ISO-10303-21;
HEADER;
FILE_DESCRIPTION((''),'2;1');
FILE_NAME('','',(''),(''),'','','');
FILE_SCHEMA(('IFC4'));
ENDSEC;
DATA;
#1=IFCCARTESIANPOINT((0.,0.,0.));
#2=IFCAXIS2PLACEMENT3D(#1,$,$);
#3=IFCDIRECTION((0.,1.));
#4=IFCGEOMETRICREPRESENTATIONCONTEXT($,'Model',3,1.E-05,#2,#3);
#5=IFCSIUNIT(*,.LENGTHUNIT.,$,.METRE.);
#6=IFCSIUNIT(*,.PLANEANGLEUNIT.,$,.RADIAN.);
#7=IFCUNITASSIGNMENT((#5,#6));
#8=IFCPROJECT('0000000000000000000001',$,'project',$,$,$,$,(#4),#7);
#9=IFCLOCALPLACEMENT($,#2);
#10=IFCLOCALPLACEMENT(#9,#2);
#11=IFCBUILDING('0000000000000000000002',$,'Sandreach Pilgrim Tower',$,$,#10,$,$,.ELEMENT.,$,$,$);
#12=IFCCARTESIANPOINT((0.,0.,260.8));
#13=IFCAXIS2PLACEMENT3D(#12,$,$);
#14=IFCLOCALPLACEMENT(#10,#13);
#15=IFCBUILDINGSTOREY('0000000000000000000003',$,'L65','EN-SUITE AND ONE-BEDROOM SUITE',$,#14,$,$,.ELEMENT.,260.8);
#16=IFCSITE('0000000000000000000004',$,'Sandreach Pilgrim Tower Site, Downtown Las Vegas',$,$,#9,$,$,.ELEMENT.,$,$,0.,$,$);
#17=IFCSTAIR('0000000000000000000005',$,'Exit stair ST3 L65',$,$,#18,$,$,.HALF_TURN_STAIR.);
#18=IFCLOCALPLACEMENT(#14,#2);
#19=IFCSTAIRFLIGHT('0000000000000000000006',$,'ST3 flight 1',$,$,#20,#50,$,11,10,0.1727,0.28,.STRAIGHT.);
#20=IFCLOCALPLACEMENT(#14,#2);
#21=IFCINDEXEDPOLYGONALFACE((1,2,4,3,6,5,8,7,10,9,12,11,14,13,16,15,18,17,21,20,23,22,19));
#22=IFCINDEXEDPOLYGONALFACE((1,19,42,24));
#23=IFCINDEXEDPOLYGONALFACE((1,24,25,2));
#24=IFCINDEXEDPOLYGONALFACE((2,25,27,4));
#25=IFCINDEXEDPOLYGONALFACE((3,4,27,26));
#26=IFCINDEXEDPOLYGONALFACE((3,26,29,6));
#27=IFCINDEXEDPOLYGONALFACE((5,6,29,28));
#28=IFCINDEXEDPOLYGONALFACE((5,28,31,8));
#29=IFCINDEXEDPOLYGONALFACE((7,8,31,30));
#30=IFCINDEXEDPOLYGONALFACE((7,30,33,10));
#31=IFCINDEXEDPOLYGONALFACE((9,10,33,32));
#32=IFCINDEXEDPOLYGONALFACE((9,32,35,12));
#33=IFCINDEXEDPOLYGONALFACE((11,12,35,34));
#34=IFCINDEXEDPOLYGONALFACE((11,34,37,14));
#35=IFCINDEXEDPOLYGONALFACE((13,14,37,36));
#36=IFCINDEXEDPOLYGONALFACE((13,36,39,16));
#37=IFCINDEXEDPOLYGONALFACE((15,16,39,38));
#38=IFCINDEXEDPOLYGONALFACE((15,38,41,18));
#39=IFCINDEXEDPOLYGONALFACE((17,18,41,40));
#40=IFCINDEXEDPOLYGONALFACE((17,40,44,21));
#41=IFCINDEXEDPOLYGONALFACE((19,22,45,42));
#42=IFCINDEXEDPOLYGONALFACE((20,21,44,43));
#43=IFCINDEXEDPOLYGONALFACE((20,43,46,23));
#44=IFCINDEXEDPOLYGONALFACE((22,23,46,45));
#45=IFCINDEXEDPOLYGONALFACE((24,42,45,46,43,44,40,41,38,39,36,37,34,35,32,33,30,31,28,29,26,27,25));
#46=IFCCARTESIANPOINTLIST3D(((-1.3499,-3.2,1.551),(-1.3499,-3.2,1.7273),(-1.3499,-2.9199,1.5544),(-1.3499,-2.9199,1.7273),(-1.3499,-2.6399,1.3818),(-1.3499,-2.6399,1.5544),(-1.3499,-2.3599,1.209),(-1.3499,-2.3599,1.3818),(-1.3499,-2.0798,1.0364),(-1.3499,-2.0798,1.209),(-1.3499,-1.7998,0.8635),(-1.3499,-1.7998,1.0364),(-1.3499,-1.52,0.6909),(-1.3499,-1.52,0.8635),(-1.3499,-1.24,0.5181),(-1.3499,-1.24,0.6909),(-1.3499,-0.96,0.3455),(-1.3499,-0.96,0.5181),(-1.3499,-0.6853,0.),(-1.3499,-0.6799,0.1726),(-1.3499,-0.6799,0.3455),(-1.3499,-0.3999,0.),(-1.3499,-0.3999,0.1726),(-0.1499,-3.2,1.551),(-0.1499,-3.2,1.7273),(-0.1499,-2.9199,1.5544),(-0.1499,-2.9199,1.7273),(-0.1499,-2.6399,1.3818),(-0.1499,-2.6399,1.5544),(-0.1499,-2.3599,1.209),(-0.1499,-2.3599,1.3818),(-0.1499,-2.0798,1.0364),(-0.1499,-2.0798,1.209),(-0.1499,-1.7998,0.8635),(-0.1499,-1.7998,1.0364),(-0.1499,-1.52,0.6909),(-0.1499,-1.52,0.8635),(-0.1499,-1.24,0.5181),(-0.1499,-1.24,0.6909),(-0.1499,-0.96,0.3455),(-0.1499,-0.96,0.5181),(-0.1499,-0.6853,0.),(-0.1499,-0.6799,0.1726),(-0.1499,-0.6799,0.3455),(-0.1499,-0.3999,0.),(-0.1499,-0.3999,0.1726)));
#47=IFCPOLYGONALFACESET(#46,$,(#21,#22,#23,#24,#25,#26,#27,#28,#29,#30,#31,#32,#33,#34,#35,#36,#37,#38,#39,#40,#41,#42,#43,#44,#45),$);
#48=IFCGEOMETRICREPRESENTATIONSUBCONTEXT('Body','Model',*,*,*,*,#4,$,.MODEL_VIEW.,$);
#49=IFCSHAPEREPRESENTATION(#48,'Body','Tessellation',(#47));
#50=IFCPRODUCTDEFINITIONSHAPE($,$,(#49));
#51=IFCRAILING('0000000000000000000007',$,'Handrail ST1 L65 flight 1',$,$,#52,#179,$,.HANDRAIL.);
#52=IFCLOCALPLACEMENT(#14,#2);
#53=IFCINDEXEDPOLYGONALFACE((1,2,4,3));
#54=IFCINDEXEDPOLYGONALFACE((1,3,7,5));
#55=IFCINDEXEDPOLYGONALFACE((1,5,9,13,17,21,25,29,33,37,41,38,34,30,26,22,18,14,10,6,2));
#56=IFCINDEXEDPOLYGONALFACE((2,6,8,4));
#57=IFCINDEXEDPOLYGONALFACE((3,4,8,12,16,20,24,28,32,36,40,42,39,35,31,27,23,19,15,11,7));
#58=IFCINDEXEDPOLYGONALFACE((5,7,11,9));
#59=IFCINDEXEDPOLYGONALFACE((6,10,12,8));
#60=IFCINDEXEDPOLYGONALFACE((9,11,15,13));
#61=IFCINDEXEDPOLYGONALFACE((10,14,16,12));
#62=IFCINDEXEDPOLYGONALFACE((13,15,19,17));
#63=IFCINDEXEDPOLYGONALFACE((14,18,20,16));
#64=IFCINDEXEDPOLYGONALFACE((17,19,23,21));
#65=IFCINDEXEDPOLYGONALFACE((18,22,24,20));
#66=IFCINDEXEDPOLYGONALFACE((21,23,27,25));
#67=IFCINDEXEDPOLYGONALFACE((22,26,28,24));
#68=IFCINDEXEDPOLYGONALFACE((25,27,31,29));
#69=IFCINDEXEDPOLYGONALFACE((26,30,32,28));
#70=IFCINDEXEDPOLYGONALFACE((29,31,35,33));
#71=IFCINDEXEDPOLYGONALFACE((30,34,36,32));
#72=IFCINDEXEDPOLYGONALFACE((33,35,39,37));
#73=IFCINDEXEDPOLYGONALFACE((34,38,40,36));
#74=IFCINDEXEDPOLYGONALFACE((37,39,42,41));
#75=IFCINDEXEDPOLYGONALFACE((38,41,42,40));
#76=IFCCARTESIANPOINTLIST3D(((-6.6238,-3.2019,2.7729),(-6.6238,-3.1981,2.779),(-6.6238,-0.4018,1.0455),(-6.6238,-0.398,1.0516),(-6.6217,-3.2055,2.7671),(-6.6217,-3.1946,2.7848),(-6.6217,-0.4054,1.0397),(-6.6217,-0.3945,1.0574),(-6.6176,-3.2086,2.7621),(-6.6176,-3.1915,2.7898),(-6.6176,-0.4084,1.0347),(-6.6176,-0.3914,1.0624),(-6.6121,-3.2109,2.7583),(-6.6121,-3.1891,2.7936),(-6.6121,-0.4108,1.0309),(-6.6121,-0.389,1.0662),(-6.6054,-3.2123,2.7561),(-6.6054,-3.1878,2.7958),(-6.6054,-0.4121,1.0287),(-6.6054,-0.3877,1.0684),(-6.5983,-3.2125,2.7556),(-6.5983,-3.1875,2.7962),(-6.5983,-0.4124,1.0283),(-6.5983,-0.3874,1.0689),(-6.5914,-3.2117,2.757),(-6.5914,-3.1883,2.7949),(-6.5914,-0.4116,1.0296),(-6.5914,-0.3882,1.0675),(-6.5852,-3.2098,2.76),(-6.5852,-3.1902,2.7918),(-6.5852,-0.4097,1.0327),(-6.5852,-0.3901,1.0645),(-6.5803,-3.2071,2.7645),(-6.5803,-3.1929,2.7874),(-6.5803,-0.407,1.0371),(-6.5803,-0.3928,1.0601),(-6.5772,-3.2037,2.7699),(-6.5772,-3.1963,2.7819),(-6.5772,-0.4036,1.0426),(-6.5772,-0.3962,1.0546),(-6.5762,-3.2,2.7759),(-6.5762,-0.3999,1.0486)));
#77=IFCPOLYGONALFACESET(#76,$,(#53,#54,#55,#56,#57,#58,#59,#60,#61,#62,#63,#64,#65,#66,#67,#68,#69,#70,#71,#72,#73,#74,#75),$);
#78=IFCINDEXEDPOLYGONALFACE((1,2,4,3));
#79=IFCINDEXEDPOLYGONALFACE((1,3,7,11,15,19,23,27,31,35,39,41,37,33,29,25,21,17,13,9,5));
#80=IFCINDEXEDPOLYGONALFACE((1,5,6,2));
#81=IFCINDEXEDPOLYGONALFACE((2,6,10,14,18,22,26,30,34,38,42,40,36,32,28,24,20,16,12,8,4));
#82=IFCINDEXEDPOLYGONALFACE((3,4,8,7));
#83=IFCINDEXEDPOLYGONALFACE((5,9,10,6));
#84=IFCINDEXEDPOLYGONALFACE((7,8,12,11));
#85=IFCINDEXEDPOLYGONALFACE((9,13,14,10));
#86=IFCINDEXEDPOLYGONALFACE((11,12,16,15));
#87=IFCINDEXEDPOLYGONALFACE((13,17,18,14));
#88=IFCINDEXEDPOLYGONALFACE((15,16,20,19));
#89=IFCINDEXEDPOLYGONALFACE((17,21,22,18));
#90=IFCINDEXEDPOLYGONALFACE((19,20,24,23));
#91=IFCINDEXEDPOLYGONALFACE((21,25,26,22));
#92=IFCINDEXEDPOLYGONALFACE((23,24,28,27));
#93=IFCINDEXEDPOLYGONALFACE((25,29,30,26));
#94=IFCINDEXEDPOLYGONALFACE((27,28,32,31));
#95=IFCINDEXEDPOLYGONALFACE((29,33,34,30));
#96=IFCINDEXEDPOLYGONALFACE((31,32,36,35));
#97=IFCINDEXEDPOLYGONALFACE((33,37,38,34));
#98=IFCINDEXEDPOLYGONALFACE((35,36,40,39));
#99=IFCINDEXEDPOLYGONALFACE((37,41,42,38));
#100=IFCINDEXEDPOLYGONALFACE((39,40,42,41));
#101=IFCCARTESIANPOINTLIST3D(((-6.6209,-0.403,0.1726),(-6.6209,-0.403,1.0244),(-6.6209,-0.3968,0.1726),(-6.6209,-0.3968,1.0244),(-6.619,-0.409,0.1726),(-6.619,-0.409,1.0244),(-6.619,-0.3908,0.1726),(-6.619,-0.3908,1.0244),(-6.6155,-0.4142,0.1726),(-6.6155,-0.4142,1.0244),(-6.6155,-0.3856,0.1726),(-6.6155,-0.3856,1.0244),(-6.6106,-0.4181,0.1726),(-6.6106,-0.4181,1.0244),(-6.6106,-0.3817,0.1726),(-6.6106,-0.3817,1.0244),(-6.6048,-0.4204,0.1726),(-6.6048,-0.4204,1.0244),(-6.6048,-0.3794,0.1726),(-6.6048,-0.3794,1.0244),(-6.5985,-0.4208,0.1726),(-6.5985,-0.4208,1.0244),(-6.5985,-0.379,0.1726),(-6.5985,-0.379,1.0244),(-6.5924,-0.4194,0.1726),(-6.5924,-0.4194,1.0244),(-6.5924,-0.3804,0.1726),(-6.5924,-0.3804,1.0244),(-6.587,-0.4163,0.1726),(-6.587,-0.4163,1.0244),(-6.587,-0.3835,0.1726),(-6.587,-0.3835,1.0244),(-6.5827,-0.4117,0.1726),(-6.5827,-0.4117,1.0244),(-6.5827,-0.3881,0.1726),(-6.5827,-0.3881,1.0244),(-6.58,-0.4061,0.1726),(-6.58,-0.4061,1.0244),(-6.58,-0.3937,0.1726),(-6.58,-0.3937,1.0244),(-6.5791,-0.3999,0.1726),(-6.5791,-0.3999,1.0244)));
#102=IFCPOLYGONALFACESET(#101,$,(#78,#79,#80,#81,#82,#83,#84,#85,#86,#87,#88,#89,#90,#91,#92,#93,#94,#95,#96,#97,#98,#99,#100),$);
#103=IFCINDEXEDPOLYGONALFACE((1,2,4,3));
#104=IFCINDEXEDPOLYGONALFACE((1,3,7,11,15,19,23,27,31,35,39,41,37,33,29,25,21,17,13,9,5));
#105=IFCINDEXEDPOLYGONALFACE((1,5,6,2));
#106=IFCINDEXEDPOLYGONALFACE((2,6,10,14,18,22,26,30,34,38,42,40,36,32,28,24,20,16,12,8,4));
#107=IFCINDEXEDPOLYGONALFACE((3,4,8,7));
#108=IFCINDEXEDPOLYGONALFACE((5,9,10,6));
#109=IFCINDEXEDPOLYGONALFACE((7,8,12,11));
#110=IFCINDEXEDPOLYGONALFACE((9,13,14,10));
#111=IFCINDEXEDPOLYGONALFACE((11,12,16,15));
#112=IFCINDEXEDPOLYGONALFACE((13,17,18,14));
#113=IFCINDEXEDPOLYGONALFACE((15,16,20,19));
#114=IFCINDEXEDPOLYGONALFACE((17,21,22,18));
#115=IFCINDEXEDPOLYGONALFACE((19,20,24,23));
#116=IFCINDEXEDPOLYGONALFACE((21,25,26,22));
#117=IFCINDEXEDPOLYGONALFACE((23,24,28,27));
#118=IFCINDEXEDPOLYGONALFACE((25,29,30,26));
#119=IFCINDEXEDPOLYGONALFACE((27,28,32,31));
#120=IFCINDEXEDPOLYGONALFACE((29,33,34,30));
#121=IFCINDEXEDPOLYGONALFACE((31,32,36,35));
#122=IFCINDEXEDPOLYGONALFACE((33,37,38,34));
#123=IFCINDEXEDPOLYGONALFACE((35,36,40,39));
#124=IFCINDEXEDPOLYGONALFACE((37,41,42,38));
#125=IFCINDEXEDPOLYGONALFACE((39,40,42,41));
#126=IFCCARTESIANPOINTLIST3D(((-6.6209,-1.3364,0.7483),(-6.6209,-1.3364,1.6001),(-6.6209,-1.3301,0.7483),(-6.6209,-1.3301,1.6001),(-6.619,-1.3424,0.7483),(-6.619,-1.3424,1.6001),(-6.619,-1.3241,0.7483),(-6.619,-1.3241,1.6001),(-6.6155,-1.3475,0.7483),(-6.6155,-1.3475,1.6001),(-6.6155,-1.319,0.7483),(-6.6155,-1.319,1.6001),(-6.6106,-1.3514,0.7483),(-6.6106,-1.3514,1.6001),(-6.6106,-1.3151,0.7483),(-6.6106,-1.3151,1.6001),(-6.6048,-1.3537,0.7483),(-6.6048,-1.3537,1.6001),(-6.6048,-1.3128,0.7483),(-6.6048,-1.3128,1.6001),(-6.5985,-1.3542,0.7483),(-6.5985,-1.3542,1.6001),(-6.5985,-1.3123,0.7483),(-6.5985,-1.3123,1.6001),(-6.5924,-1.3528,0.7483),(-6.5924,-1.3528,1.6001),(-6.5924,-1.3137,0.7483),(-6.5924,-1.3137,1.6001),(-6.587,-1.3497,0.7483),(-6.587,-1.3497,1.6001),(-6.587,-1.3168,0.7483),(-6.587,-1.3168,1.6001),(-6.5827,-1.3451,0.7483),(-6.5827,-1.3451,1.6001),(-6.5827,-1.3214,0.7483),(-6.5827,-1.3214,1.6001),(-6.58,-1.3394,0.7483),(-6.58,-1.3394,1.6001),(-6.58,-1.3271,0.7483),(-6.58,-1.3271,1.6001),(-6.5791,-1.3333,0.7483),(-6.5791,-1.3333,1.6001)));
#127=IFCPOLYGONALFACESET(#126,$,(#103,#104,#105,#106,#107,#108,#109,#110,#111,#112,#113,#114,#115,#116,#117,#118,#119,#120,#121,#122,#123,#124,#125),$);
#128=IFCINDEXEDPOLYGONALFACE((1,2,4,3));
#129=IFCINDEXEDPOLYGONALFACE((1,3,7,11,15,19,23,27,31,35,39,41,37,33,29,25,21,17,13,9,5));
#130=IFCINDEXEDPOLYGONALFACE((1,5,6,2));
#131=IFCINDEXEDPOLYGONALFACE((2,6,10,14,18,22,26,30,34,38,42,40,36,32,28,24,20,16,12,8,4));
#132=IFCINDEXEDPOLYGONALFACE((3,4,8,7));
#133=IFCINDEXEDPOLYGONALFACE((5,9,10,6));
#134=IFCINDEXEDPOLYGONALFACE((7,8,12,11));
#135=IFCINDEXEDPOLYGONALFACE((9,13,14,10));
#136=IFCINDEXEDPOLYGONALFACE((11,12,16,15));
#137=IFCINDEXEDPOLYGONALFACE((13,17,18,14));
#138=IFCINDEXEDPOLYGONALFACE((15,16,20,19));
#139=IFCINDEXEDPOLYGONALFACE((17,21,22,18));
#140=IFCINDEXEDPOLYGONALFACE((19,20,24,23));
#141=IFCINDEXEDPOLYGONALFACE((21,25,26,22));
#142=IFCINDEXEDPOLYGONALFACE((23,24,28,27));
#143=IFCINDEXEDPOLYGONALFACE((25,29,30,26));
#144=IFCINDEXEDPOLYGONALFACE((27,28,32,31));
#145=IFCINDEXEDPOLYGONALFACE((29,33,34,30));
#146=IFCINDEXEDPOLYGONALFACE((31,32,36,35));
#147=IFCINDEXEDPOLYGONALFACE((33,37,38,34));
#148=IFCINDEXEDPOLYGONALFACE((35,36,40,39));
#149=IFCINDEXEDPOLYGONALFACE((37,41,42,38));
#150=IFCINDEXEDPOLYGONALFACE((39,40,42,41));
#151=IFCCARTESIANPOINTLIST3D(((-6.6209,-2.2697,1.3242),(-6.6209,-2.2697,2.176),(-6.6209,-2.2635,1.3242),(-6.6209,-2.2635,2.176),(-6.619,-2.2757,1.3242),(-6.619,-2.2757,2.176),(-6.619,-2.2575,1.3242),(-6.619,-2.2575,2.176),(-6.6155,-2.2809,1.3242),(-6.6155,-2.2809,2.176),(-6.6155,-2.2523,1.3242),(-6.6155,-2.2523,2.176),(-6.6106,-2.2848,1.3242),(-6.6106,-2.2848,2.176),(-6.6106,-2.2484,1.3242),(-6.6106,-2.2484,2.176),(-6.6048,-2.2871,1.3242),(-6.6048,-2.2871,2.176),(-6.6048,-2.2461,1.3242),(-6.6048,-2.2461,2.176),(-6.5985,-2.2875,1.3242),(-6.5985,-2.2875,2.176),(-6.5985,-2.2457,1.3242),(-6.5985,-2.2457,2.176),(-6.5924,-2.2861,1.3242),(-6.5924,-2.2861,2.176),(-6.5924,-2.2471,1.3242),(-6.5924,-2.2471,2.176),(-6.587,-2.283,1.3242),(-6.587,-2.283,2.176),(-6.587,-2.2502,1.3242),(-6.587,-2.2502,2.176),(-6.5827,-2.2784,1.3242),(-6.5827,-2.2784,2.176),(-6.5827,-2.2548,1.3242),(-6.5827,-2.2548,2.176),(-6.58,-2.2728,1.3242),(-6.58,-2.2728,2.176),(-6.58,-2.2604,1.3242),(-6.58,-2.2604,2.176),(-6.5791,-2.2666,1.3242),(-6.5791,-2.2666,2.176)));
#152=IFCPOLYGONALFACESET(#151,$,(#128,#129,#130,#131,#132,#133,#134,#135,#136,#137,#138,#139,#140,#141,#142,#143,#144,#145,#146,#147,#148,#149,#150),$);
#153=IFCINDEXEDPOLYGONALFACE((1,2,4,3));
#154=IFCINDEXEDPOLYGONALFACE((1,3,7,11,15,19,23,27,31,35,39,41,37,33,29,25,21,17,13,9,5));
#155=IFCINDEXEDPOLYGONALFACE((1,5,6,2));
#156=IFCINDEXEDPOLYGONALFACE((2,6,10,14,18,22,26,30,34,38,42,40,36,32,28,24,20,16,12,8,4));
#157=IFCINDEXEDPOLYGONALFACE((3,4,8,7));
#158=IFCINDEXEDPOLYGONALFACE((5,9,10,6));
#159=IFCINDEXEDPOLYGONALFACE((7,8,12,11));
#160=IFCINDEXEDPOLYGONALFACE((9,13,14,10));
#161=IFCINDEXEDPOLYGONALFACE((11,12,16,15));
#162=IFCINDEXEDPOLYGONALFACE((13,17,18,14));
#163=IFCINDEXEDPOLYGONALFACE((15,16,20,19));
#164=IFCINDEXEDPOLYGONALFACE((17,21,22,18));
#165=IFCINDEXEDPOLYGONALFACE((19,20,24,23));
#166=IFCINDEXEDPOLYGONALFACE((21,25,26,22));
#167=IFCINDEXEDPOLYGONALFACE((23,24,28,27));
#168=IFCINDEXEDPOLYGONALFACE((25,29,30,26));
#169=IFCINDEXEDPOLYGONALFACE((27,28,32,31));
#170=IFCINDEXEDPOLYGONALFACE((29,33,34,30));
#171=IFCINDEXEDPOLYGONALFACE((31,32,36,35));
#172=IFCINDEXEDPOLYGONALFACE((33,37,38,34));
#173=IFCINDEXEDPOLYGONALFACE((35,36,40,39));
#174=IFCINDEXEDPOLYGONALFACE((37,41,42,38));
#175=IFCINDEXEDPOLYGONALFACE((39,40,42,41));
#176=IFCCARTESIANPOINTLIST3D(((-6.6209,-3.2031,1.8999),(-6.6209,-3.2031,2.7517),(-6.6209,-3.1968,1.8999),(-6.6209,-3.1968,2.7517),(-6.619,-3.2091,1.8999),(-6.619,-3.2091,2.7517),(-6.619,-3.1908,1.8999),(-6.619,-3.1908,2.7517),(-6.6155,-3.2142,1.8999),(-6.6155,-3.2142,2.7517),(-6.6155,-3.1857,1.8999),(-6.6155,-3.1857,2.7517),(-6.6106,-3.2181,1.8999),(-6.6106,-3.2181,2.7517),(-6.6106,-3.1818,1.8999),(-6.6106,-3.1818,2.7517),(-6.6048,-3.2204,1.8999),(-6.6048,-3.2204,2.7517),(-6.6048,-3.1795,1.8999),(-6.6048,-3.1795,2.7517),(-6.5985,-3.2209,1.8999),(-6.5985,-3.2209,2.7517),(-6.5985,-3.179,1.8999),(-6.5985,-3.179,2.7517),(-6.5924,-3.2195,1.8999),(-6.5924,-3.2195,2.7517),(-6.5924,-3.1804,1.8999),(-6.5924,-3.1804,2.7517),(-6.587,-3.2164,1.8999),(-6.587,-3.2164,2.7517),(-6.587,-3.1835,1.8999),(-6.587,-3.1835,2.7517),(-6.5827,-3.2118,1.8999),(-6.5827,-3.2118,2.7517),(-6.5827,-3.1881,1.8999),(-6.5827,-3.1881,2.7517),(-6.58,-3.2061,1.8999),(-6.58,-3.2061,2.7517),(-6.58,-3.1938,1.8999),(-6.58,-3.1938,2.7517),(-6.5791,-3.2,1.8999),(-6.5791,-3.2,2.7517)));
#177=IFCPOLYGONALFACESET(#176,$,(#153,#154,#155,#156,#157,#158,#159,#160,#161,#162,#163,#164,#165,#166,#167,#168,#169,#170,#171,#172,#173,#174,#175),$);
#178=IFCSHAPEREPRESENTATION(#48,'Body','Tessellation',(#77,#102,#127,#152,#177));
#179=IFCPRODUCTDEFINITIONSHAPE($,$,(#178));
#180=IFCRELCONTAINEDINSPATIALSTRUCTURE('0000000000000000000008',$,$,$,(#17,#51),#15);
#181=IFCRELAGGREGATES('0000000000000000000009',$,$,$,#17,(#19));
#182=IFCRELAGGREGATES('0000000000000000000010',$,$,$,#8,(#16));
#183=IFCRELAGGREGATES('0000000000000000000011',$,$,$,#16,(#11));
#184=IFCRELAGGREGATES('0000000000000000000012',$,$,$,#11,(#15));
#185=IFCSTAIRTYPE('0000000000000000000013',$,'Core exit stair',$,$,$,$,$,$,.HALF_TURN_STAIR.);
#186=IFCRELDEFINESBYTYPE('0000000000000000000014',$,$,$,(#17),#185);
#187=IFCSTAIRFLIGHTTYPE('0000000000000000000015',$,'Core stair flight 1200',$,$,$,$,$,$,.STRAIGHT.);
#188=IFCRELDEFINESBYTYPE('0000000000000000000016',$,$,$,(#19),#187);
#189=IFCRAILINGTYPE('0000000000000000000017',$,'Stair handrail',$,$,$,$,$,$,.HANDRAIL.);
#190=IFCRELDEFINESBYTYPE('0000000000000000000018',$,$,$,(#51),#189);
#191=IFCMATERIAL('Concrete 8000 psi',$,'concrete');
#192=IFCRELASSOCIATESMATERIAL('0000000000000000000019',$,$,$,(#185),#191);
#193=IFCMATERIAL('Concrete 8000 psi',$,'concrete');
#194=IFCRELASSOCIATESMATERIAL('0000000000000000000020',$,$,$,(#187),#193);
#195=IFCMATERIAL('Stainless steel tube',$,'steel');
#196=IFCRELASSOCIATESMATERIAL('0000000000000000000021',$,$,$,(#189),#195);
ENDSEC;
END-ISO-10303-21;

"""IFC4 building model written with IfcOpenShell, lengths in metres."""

from ifc_helpers import new_model, si_unit, direction, frame, origin, origin_2d, place, context, subcontext, project, spatial, polyline, circle, outline, extrude, material, type_object, element, aggregate, save


model = new_model("IFC4")

# Units and contexts
model_context = context("Model", 3, precision=1e-05, world=origin(), true_north=direction((0.0, 1.0)))
body_context = subcontext(model_context, "Body", "Model", "MODEL_VIEW")
ifc_project = project(units=[si_unit("LENGTHUNIT", "METRE"), si_unit("PLANEANGLEUNIT", "RADIAN")], contexts=[model_context])

# Site, building, storey
site_placement = place(None, origin())
site = spatial("IfcSite", under=ifc_project, at=site_placement, Name="Sandreach Pilgrim Tower Site, Downtown Las Vegas", CompositionType="ELEMENT", RefElevation=0.0)
building_placement = place(site_placement, origin())
building = spatial("IfcBuilding", under=site, at=building_placement, Name="Sandreach Pilgrim Tower", CompositionType="ELEMENT")
storey_placement = place(building_placement, frame((0.0, 0.0, 260.8)))
storey = spatial("IfcBuildingStorey", under=building, at=storey_placement, Name="L65", Description="EN-SUITE AND ONE-BEDROOM SUITE", CompositionType="ELEMENT", Elevation=260.8)

# Shared definitions
ifc_material_1 = material(Name="Concrete 8000 psi", Category="concrete")
stair_type = type_object("IfcStairType", Name="Core exit stair", PredefinedType="HALF_TURN_STAIR", material=ifc_material_1)
ifc_material_2 = material(Name="Concrete 8000 psi", Category="concrete")
stair_flight_type = type_object("IfcStairFlightType", Name="Core stair flight 1200", PredefinedType="STRAIGHT", material=ifc_material_2)

# Stair, stair flight
stair_1_placement = place(storey_placement, origin())
stair_1 = element("IfcStair", 1, at=stair_1_placement, inside=storey, type_object=stair_type, Name="Exit stair ST3 L65", PredefinedType="HALF_TURN_STAIR")
stair_flight_1_placement = place(storey_placement, frame((-0.75, -0.3999, 0.0), z_axis=(0.0, 0.0, 1.0), x_axis=(0.0, -1.0, 0.0)))
stair_flight_1 = element("IfcStairFlight", 2, at=stair_flight_1_placement, type_object=stair_flight_type, Name="ST3 flight 1", NumberOfRisers=11, NumberOfTreads=10, PredefinedType="STRAIGHT", RiserHeight=0.1727, TreadLength=0.28, context=body_context, shape_type="SweptSolid", body=[
    extrude(outline(polyline([(0.0, 0.0), (0.0, 0.1726), (0.28, 0.1726), (0.28, 0.3455), (0.5601, 0.3455), (0.5601, 0.5181), (0.8401, 0.5181), (0.8401, 0.6909), (1.1201, 0.6909), (1.1201, 0.8635), (1.3999, 0.8635), (1.3999, 1.0364), (1.6799, 1.0364), (1.6799, 1.209), (1.96, 1.209), (1.96, 1.3818), (2.24, 1.3818), (2.24, 1.5544), (2.52, 1.5544), (2.52, 1.7273), (2.8, 1.7273), (2.8, 1.8999), (2.8, 1.551), (0.2854, 0.0), (0.0, 0.0)])), frame((0.0, 0.6001, 0.0), z_axis=(0.0, -1.0, 0.0), x_axis=(1.0, 0.0, 0.0)), (0.0, 0.0, 1.0), 1.2),
])
aggregate(stair_1, [stair_flight_1])

# Railing
ifc_material_3 = material(Name="Stainless steel tube", Category="steel")
railing_type = type_object("IfcRailingType", Name="Stair handrail", PredefinedType="HANDRAIL", material=ifc_material_3)
railing_placement = place(storey_placement, frame((-6.6001, -0.3999, 0.1726)))
element("IfcRailing", 3, at=railing_placement, inside=storey, type_object=railing_type, Name="Handrail ST1 L65 flight 1", PredefinedType="HANDRAIL", context=body_context, shape_type="SweptSolid", body=[
    extrude(circle(Radius=0.0239, at=origin_2d()), frame((0.0, 0.0, 0.876), z_axis=(0.0, -0.85109, 0.52502), x_axis=(1.0, 0.0, 0.0)), (0.0, 0.0, 1.0), 3.29),
    extrude(circle(Radius=0.021, at=origin_2d()), origin(), (0.0, 0.0, 1.0), 0.8518),
    extrude(circle(Radius=0.021, at=origin_2d()), frame((0.0, -0.9333, 0.5757)), (0.0, 0.0, 1.0), 0.8518),
    extrude(circle(Radius=0.021, at=origin_2d()), frame((0.0, -1.8667, 1.1516)), (0.0, 0.0, 1.0), 0.8518),
    extrude(circle(Radius=0.021, at=origin_2d()), frame((0.0, -2.8, 1.7273)), (0.0, 0.0, 1.0), 0.8518),
])

save(model, "model.ifc")
